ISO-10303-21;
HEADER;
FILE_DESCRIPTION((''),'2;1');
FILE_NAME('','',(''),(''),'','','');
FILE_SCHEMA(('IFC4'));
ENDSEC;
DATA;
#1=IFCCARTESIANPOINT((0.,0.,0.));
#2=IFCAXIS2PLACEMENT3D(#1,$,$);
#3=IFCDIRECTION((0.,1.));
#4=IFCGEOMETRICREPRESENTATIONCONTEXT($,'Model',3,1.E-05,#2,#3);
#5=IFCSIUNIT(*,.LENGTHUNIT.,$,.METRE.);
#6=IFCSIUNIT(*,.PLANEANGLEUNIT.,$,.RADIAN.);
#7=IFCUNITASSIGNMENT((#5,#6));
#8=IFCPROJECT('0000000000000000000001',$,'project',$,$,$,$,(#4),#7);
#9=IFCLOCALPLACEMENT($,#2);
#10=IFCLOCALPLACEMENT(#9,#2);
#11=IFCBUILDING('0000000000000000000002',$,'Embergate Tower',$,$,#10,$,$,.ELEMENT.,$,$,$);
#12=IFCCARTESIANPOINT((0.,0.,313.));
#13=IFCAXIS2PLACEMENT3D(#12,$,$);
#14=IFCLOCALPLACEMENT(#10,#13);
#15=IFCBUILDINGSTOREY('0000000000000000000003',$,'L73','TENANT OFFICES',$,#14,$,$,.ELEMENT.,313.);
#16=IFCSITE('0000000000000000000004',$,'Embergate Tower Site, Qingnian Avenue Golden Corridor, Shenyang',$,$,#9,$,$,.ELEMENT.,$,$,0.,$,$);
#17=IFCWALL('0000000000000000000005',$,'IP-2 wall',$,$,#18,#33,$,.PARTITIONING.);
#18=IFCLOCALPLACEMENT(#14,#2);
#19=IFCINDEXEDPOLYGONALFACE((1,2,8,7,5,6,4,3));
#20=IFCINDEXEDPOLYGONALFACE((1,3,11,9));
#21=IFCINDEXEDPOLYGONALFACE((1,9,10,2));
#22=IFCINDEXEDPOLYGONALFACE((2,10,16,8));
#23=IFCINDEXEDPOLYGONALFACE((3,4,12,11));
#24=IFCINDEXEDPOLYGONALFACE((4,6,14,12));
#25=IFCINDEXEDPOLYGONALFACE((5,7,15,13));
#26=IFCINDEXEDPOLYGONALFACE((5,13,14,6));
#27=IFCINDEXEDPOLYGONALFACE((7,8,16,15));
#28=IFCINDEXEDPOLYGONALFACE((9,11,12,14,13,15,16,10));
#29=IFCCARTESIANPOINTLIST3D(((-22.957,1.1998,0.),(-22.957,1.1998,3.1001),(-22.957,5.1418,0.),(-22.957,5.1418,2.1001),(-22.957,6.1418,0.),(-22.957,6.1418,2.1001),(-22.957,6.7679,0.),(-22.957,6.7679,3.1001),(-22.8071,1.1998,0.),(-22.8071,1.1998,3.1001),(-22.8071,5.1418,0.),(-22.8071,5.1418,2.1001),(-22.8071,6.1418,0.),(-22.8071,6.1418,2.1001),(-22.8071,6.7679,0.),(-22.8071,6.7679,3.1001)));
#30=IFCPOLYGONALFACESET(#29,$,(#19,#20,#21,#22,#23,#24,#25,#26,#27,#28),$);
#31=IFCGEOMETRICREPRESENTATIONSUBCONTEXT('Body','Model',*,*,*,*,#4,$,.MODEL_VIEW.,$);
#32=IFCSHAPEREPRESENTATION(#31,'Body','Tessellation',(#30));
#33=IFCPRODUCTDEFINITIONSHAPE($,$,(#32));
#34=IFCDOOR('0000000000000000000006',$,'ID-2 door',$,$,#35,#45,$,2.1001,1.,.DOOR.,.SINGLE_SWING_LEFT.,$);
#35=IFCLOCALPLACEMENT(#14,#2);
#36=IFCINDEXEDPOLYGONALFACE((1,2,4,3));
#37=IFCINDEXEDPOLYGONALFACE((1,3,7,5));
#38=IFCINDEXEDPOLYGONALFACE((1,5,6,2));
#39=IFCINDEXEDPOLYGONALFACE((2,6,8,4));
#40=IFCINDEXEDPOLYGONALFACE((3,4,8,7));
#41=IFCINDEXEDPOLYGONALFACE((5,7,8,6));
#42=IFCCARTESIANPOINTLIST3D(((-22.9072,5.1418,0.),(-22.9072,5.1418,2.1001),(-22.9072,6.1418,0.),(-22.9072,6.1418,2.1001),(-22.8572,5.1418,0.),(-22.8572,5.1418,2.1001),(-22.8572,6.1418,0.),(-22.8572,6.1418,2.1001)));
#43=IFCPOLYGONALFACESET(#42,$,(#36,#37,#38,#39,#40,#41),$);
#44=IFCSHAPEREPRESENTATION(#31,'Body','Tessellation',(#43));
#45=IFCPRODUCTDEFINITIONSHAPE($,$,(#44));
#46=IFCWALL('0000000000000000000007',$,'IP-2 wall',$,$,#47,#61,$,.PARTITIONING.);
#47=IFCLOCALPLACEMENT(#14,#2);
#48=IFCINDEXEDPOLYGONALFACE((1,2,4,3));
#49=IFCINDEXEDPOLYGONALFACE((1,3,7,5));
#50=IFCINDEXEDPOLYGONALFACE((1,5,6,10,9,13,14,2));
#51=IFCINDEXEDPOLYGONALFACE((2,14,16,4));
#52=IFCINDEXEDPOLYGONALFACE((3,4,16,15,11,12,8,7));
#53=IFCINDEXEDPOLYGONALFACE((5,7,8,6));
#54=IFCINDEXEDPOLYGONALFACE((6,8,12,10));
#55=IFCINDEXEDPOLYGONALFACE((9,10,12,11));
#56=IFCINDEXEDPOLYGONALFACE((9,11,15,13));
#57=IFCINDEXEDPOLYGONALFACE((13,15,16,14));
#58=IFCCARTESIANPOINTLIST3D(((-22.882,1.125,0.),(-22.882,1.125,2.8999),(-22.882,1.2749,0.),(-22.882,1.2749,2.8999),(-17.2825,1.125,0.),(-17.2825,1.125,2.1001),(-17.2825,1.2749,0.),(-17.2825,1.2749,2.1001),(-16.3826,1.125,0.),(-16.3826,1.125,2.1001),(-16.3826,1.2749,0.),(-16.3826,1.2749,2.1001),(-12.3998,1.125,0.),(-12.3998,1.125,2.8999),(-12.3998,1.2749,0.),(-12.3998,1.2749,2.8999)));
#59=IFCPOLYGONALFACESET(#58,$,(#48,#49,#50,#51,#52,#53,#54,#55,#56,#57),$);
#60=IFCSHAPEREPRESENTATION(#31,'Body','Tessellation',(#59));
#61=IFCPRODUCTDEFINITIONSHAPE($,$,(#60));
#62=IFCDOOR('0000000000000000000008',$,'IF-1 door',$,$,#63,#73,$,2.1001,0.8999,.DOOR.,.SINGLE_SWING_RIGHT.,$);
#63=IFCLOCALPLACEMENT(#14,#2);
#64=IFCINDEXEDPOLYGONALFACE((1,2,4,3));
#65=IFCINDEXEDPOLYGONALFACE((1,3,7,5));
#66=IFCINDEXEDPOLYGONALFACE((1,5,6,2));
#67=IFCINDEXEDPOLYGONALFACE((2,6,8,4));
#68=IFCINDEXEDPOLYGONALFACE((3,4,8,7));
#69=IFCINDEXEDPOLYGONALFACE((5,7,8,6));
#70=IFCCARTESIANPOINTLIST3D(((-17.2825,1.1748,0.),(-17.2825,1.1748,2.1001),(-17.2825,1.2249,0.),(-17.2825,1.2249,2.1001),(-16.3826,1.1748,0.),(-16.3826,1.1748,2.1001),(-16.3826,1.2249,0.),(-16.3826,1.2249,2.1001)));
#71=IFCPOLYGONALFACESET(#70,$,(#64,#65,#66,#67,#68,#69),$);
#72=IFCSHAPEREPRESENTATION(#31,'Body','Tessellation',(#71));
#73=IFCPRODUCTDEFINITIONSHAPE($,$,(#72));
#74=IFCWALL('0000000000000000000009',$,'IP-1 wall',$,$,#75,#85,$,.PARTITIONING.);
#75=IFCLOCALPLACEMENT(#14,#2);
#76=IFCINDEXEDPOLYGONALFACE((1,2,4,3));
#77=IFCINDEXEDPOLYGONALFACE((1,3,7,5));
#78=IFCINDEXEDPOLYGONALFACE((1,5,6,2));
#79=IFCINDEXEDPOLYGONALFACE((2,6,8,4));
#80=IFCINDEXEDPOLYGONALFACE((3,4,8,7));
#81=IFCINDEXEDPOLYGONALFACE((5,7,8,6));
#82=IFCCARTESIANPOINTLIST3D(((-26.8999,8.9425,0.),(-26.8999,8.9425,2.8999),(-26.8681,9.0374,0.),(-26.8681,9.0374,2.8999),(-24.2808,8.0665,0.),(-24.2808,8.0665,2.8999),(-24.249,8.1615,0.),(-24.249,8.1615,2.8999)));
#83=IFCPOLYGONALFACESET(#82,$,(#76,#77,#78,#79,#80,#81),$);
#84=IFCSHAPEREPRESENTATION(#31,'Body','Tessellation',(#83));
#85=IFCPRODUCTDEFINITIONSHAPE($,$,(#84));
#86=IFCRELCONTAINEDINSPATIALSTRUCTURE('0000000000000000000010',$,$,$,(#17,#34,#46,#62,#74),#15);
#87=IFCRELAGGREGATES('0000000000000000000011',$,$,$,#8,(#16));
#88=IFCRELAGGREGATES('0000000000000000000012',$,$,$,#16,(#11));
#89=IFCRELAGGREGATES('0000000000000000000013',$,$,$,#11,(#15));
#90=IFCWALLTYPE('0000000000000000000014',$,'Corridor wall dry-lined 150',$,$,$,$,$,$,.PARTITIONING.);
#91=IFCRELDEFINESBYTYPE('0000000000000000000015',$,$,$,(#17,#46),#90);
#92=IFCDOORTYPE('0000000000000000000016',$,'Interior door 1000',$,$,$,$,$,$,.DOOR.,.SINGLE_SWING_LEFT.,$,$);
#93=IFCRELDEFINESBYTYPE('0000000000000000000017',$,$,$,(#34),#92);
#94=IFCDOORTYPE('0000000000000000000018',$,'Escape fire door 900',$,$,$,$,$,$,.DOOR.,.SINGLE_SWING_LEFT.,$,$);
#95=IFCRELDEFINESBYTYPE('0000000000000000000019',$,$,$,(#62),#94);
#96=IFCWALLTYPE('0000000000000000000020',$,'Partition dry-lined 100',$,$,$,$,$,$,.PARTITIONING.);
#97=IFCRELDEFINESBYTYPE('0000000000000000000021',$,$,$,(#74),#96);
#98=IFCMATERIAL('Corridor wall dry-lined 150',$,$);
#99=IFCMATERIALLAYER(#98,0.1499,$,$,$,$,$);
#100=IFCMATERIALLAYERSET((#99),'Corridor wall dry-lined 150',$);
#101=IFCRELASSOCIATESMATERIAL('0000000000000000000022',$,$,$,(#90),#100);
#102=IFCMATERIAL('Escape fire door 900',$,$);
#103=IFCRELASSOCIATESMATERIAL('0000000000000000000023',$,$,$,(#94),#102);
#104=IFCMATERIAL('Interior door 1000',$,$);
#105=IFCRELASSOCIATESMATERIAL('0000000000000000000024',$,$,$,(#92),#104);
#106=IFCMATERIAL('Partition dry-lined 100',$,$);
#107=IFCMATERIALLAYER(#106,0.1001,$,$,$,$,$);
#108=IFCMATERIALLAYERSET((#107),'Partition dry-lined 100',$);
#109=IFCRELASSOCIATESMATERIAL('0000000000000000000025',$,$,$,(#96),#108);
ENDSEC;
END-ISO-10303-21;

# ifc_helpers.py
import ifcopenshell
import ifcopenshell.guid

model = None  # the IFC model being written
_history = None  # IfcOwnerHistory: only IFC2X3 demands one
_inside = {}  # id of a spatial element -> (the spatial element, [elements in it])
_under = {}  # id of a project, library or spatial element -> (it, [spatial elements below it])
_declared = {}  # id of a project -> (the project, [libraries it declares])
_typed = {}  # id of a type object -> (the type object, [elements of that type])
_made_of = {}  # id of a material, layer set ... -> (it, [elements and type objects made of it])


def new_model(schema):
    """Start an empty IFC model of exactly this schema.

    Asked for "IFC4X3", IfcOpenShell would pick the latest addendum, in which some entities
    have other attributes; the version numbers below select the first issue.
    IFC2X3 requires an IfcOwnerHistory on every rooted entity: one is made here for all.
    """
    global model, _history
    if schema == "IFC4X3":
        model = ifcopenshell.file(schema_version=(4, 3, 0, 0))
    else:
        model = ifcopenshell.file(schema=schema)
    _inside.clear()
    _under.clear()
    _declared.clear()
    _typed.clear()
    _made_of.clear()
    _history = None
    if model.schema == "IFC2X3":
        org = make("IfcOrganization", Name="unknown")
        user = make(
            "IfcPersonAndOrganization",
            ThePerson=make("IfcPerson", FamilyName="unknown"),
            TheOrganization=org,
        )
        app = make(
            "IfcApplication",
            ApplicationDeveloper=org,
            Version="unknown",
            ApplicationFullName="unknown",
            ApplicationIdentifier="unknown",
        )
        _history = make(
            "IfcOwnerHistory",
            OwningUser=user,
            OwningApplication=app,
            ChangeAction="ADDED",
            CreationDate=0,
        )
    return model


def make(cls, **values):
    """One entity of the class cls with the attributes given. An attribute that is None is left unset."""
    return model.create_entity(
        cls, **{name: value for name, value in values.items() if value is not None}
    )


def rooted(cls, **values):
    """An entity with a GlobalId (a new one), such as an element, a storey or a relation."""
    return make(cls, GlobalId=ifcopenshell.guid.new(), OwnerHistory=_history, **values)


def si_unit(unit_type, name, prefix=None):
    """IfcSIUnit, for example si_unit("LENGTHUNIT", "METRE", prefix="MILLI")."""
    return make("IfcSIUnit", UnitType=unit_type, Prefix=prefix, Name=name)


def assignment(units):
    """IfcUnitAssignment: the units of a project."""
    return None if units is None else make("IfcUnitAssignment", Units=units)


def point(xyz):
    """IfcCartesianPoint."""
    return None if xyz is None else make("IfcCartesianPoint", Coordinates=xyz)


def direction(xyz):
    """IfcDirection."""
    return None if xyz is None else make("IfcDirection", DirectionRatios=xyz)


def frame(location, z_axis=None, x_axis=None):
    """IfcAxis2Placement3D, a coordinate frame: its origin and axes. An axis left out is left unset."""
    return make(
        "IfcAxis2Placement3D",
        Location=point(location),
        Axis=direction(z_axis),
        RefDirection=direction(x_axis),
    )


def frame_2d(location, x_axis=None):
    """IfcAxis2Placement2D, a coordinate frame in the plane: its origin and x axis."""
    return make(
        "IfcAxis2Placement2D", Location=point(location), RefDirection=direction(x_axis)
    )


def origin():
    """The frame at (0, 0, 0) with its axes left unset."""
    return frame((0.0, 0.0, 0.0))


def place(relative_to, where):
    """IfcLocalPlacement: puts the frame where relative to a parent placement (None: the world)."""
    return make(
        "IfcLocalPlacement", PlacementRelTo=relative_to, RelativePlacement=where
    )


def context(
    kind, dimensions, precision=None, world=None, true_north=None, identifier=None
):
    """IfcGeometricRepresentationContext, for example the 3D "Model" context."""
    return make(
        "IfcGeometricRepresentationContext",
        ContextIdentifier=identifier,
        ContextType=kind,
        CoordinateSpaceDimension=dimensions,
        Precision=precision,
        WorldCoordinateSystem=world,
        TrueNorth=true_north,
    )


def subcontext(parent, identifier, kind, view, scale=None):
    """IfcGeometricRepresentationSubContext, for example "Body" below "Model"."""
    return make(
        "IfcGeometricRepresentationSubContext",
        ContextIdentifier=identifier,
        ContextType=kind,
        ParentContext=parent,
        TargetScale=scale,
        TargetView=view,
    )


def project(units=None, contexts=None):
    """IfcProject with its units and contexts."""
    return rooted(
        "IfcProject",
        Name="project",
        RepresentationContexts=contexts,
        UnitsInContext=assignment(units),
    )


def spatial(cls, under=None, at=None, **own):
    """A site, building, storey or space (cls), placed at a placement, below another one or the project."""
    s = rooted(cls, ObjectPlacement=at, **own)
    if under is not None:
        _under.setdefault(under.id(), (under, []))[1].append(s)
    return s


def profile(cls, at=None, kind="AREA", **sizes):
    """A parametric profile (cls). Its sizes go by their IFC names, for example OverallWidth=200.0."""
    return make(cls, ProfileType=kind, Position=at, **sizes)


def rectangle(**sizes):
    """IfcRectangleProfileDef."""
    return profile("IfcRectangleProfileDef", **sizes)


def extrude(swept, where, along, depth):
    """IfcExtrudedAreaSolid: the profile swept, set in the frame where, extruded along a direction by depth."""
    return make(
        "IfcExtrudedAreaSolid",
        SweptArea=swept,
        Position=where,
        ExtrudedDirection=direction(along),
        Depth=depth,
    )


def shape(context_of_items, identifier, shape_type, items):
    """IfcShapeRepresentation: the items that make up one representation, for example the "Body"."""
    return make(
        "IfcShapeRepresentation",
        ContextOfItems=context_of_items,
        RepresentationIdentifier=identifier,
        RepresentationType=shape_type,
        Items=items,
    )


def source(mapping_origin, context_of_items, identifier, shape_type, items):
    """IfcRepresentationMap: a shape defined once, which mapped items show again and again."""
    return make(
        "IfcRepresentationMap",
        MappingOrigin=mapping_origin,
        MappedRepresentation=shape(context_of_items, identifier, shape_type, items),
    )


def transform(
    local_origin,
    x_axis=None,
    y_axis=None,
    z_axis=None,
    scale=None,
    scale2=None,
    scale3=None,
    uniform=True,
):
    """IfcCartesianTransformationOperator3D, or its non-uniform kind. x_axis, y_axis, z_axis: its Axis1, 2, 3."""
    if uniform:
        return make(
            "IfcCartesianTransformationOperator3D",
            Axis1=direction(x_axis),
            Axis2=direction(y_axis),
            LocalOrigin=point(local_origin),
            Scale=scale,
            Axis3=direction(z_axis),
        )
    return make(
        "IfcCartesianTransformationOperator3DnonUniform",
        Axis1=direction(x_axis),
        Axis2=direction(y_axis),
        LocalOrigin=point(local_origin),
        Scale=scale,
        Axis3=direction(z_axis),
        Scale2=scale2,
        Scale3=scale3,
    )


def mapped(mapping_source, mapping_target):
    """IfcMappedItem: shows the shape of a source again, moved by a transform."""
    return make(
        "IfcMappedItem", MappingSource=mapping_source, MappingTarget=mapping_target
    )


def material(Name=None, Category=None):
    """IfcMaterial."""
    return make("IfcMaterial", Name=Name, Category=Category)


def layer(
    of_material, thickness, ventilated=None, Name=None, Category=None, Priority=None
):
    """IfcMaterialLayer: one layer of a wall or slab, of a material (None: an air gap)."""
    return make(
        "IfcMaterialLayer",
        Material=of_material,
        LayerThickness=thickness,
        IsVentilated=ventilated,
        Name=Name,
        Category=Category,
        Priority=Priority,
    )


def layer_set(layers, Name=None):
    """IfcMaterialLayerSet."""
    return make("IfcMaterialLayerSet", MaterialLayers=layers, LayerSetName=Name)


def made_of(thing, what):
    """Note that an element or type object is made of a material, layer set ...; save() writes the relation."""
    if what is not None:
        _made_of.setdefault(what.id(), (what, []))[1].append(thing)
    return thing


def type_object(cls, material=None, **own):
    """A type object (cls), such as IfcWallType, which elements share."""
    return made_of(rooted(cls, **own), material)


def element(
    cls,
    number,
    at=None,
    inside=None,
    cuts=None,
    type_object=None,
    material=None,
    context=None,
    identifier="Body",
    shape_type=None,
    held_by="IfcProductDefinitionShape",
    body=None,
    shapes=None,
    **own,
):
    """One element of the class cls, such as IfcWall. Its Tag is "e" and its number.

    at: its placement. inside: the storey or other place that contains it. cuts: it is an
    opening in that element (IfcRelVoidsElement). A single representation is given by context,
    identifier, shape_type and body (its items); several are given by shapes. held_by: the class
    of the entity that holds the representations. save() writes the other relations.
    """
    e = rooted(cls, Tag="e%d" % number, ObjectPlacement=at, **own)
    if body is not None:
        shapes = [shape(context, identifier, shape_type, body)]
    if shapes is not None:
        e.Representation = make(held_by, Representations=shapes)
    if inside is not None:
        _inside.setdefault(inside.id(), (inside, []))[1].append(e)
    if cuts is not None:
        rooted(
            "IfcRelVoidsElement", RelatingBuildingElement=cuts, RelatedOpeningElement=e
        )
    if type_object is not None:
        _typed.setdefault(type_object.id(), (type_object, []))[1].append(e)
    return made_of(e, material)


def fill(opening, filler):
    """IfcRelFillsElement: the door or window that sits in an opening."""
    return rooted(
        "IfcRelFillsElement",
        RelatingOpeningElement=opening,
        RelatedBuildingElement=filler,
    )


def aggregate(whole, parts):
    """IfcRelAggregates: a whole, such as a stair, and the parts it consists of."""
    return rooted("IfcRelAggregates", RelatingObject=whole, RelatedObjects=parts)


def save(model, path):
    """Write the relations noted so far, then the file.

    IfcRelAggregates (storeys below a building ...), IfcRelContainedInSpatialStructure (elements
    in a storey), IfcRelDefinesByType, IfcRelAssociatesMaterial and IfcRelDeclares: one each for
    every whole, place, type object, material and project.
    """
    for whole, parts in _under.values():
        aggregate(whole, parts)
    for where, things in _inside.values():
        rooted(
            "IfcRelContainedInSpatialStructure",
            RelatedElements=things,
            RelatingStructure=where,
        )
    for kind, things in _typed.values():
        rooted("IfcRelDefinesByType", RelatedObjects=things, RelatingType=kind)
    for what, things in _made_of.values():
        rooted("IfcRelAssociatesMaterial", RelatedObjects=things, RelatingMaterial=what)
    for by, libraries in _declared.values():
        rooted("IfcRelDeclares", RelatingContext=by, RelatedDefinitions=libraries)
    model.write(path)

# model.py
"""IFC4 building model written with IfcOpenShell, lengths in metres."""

from ifc_helpers import new_model, si_unit, direction, frame, frame_2d, origin, place, context, subcontext, project, spatial, rectangle, extrude, source, transform, mapped, material, layer, layer_set, type_object, element, fill, save


model = new_model("IFC4")

# Units and contexts
model_context = context("Model", 3, precision=1e-05, world=origin(), true_north=direction((0.0, 1.0)))
body_context = subcontext(model_context, "Body", "Model", "MODEL_VIEW")
ifc_project = project(units=[si_unit("LENGTHUNIT", "METRE"), si_unit("PLANEANGLEUNIT", "RADIAN")], contexts=[model_context])

# Site, building, storey
site_placement = place(None, origin())
site = spatial("IfcSite", under=ifc_project, at=site_placement, Name="Embergate Tower Site, Qingnian Avenue Golden Corridor, Shenyang", CompositionType="ELEMENT", RefElevation=0.0)
building_placement = place(site_placement, origin())
building = spatial("IfcBuilding", under=site, at=building_placement, Name="Embergate Tower", CompositionType="ELEMENT")
storey_placement = place(building_placement, frame((0.0, 0.0, 313.0)))
storey = spatial("IfcBuildingStorey", under=building, at=storey_placement, Name="L73", Description="TENANT OFFICES", CompositionType="ELEMENT", Elevation=313.0)

# Shared definitions
ifc_material_1 = material(Name="Corridor wall dry-lined 150")
ifc_layer_1 = layer(ifc_material_1, 0.1499)
ifc_layer_set_1 = layer_set([ifc_layer_1], Name="Corridor wall dry-lined 150")
wall_type_1 = type_object("IfcWallType", Name="Corridor wall dry-lined 150", PredefinedType="PARTITIONING", material=ifc_layer_set_1)

# Shared definitions
shared_shape_1 = source(origin(), body_context, "Body", "SweptSolid", [
    extrude(rectangle(XDim=0.8999, YDim=2.1001, at=frame_2d((0.45, 1.05))), frame((0.0, 0.085, 0.0), z_axis=(0.0, -1.0, 0.0), x_axis=(1.0, 0.0, 0.0)), (0.0, 0.0, 1.0), 0.1699),
])
shared_shape_2 = source(origin(), body_context, "Body", "SweptSolid", [
    extrude(rectangle(XDim=1.0, YDim=2.1001, at=frame_2d((0.5, 1.05))), frame((0.0, 0.085, 0.0), z_axis=(0.0, -1.0, 0.0), x_axis=(1.0, 0.0, 0.0)), (0.0, 0.0, 1.0), 0.1699),
])
ifc_material_2 = material(Name="Escape fire door 900")
door_type_1 = type_object("IfcDoorType", Name="Escape fire door 900", OperationType="SINGLE_SWING_LEFT", PredefinedType="DOOR", material=ifc_material_2)
shared_shape_3 = source(origin(), body_context, "Body", "SweptSolid", [
    extrude(rectangle(XDim=0.8999, YDim=2.1001, at=frame_2d((0.45, 1.05))), frame((0.0, 0.0249, 0.0), z_axis=(0.0, -1.0, 0.0), x_axis=(1.0, 0.0, 0.0)), (0.0, 0.0, 1.0), 0.05),
])
ifc_material_3 = material(Name="Interior door 1000")
door_type_2 = type_object("IfcDoorType", Name="Interior door 1000", OperationType="SINGLE_SWING_LEFT", PredefinedType="DOOR", material=ifc_material_3)
shared_shape_4 = source(origin(), body_context, "Body", "SweptSolid", [
    extrude(rectangle(XDim=1.0, YDim=2.1001, at=frame_2d((0.5, 1.05))), frame((0.0, 0.0249, 0.0), z_axis=(0.0, -1.0, 0.0), x_axis=(1.0, 0.0, 0.0)), (0.0, 0.0, 1.0), 0.05),
])

# Walls, openings, doors
shared_shape_5 = source(origin(), body_context, "Body", "SweptSolid", [
    extrude(rectangle(XDim=5.5681, YDim=0.1499, at=frame_2d((2.7842, 0.0))), origin(), (0.0, 0.0, 1.0), 3.1001),
])
wall_1_placement = place(storey_placement, frame((-22.8821, 6.7681, 0.0), z_axis=(0.0, 0.0, 1.0), x_axis=(0.0, -1.0, 0.0)))
wall_1 = element("IfcWall", 1, at=wall_1_placement, inside=storey, type_object=wall_type_1, Name="IP-2 wall", PredefinedType="PARTITIONING", context=body_context, shape_type="MappedRepresentation", body=[
    mapped(shared_shape_5, transform((0.0, 0.0, 0.0))),
])
opening_1_placement = place(wall_1_placement, frame((0.6262, 0.0, 0.0)))
opening_1 = element("IfcOpeningElement", 2, at=opening_1_placement, cuts=wall_1, PredefinedType="OPENING", context=body_context, shape_type="MappedRepresentation", body=[
    mapped(shared_shape_2, transform((0.0, 0.0, 0.0))),
])
door_1_placement = place(opening_1_placement, origin())
door_1 = element("IfcDoor", 3, at=door_1_placement, inside=storey, type_object=door_type_2, Name="ID-2 door", OperationType="SINGLE_SWING_LEFT", OverallHeight=2.1001, OverallWidth=1.0, PredefinedType="DOOR", context=body_context, shape_type="MappedRepresentation", body=[
    mapped(shared_shape_4, transform((0.0, 0.0, 0.0))),
])
fill(opening_1, door_1)
shared_shape_6 = source(origin(), body_context, "Body", "SweptSolid", [
    extrude(rectangle(XDim=10.4822, YDim=0.1499, at=frame_2d((5.2412, 0.0))), origin(), (0.0, 0.0, 1.0), 2.8999),
])
wall_2_placement = place(storey_placement, frame((-22.8821, 1.2, 0.0), z_axis=(0.0, 0.0, 1.0), x_axis=(1.0, 0.0, 0.0)))
wall_2 = element("IfcWall", 4, at=wall_2_placement, inside=storey, type_object=wall_type_1, Name="IP-2 wall", PredefinedType="PARTITIONING", context=body_context, shape_type="MappedRepresentation", body=[
    mapped(shared_shape_6, transform((0.0, 0.0, 0.0))),
])
opening_2_placement = place(wall_2_placement, frame((5.5996, 0.0, 0.0)))
opening_2 = element("IfcOpeningElement", 5, at=opening_2_placement, cuts=wall_2, PredefinedType="OPENING", context=body_context, shape_type="MappedRepresentation", body=[
    mapped(shared_shape_1, transform((0.0, 0.0, 0.0))),
])
door_2_placement = place(opening_2_placement, origin())
door_2 = element("IfcDoor", 6, at=door_2_placement, inside=storey, type_object=door_type_1, Name="IF-1 door", OperationType="SINGLE_SWING_RIGHT", OverallHeight=2.1001, OverallWidth=0.8999, PredefinedType="DOOR", context=body_context, shape_type="MappedRepresentation", body=[
    mapped(shared_shape_3, transform((0.0, 0.0, 0.0))),
])
fill(opening_2, door_2)

# Wall
ifc_material_4 = material(Name="Partition dry-lined 100")
ifc_layer_2 = layer(ifc_material_4, 0.1001)
ifc_layer_set_2 = layer_set([ifc_layer_2], Name="Partition dry-lined 100")
wall_type_2 = type_object("IfcWallType", Name="Partition dry-lined 100", PredefinedType="PARTITIONING", material=ifc_layer_set_2)
shared_shape_7 = source(origin(), body_context, "Body", "SweptSolid", [
    extrude(rectangle(XDim=2.7617, YDim=0.1001, at=frame_2d((1.3809, 0.0))), origin(), (0.0, 0.0, 1.0), 2.8999),
])
wall_3_placement = place(storey_placement, frame((-24.2649, 8.114, 0.0), z_axis=(0.0, 0.0, 1.0), x_axis=(-0.948365, 0.317182, 0.0)))
element("IfcWall", 7, at=wall_3_placement, inside=storey, type_object=wall_type_2, Name="IP-1 wall", PredefinedType="PARTITIONING", context=body_context, shape_type="MappedRepresentation", body=[
    mapped(shared_shape_7, transform((0.0, 0.0, 0.0))),
])

save(model, "model.ifc")
